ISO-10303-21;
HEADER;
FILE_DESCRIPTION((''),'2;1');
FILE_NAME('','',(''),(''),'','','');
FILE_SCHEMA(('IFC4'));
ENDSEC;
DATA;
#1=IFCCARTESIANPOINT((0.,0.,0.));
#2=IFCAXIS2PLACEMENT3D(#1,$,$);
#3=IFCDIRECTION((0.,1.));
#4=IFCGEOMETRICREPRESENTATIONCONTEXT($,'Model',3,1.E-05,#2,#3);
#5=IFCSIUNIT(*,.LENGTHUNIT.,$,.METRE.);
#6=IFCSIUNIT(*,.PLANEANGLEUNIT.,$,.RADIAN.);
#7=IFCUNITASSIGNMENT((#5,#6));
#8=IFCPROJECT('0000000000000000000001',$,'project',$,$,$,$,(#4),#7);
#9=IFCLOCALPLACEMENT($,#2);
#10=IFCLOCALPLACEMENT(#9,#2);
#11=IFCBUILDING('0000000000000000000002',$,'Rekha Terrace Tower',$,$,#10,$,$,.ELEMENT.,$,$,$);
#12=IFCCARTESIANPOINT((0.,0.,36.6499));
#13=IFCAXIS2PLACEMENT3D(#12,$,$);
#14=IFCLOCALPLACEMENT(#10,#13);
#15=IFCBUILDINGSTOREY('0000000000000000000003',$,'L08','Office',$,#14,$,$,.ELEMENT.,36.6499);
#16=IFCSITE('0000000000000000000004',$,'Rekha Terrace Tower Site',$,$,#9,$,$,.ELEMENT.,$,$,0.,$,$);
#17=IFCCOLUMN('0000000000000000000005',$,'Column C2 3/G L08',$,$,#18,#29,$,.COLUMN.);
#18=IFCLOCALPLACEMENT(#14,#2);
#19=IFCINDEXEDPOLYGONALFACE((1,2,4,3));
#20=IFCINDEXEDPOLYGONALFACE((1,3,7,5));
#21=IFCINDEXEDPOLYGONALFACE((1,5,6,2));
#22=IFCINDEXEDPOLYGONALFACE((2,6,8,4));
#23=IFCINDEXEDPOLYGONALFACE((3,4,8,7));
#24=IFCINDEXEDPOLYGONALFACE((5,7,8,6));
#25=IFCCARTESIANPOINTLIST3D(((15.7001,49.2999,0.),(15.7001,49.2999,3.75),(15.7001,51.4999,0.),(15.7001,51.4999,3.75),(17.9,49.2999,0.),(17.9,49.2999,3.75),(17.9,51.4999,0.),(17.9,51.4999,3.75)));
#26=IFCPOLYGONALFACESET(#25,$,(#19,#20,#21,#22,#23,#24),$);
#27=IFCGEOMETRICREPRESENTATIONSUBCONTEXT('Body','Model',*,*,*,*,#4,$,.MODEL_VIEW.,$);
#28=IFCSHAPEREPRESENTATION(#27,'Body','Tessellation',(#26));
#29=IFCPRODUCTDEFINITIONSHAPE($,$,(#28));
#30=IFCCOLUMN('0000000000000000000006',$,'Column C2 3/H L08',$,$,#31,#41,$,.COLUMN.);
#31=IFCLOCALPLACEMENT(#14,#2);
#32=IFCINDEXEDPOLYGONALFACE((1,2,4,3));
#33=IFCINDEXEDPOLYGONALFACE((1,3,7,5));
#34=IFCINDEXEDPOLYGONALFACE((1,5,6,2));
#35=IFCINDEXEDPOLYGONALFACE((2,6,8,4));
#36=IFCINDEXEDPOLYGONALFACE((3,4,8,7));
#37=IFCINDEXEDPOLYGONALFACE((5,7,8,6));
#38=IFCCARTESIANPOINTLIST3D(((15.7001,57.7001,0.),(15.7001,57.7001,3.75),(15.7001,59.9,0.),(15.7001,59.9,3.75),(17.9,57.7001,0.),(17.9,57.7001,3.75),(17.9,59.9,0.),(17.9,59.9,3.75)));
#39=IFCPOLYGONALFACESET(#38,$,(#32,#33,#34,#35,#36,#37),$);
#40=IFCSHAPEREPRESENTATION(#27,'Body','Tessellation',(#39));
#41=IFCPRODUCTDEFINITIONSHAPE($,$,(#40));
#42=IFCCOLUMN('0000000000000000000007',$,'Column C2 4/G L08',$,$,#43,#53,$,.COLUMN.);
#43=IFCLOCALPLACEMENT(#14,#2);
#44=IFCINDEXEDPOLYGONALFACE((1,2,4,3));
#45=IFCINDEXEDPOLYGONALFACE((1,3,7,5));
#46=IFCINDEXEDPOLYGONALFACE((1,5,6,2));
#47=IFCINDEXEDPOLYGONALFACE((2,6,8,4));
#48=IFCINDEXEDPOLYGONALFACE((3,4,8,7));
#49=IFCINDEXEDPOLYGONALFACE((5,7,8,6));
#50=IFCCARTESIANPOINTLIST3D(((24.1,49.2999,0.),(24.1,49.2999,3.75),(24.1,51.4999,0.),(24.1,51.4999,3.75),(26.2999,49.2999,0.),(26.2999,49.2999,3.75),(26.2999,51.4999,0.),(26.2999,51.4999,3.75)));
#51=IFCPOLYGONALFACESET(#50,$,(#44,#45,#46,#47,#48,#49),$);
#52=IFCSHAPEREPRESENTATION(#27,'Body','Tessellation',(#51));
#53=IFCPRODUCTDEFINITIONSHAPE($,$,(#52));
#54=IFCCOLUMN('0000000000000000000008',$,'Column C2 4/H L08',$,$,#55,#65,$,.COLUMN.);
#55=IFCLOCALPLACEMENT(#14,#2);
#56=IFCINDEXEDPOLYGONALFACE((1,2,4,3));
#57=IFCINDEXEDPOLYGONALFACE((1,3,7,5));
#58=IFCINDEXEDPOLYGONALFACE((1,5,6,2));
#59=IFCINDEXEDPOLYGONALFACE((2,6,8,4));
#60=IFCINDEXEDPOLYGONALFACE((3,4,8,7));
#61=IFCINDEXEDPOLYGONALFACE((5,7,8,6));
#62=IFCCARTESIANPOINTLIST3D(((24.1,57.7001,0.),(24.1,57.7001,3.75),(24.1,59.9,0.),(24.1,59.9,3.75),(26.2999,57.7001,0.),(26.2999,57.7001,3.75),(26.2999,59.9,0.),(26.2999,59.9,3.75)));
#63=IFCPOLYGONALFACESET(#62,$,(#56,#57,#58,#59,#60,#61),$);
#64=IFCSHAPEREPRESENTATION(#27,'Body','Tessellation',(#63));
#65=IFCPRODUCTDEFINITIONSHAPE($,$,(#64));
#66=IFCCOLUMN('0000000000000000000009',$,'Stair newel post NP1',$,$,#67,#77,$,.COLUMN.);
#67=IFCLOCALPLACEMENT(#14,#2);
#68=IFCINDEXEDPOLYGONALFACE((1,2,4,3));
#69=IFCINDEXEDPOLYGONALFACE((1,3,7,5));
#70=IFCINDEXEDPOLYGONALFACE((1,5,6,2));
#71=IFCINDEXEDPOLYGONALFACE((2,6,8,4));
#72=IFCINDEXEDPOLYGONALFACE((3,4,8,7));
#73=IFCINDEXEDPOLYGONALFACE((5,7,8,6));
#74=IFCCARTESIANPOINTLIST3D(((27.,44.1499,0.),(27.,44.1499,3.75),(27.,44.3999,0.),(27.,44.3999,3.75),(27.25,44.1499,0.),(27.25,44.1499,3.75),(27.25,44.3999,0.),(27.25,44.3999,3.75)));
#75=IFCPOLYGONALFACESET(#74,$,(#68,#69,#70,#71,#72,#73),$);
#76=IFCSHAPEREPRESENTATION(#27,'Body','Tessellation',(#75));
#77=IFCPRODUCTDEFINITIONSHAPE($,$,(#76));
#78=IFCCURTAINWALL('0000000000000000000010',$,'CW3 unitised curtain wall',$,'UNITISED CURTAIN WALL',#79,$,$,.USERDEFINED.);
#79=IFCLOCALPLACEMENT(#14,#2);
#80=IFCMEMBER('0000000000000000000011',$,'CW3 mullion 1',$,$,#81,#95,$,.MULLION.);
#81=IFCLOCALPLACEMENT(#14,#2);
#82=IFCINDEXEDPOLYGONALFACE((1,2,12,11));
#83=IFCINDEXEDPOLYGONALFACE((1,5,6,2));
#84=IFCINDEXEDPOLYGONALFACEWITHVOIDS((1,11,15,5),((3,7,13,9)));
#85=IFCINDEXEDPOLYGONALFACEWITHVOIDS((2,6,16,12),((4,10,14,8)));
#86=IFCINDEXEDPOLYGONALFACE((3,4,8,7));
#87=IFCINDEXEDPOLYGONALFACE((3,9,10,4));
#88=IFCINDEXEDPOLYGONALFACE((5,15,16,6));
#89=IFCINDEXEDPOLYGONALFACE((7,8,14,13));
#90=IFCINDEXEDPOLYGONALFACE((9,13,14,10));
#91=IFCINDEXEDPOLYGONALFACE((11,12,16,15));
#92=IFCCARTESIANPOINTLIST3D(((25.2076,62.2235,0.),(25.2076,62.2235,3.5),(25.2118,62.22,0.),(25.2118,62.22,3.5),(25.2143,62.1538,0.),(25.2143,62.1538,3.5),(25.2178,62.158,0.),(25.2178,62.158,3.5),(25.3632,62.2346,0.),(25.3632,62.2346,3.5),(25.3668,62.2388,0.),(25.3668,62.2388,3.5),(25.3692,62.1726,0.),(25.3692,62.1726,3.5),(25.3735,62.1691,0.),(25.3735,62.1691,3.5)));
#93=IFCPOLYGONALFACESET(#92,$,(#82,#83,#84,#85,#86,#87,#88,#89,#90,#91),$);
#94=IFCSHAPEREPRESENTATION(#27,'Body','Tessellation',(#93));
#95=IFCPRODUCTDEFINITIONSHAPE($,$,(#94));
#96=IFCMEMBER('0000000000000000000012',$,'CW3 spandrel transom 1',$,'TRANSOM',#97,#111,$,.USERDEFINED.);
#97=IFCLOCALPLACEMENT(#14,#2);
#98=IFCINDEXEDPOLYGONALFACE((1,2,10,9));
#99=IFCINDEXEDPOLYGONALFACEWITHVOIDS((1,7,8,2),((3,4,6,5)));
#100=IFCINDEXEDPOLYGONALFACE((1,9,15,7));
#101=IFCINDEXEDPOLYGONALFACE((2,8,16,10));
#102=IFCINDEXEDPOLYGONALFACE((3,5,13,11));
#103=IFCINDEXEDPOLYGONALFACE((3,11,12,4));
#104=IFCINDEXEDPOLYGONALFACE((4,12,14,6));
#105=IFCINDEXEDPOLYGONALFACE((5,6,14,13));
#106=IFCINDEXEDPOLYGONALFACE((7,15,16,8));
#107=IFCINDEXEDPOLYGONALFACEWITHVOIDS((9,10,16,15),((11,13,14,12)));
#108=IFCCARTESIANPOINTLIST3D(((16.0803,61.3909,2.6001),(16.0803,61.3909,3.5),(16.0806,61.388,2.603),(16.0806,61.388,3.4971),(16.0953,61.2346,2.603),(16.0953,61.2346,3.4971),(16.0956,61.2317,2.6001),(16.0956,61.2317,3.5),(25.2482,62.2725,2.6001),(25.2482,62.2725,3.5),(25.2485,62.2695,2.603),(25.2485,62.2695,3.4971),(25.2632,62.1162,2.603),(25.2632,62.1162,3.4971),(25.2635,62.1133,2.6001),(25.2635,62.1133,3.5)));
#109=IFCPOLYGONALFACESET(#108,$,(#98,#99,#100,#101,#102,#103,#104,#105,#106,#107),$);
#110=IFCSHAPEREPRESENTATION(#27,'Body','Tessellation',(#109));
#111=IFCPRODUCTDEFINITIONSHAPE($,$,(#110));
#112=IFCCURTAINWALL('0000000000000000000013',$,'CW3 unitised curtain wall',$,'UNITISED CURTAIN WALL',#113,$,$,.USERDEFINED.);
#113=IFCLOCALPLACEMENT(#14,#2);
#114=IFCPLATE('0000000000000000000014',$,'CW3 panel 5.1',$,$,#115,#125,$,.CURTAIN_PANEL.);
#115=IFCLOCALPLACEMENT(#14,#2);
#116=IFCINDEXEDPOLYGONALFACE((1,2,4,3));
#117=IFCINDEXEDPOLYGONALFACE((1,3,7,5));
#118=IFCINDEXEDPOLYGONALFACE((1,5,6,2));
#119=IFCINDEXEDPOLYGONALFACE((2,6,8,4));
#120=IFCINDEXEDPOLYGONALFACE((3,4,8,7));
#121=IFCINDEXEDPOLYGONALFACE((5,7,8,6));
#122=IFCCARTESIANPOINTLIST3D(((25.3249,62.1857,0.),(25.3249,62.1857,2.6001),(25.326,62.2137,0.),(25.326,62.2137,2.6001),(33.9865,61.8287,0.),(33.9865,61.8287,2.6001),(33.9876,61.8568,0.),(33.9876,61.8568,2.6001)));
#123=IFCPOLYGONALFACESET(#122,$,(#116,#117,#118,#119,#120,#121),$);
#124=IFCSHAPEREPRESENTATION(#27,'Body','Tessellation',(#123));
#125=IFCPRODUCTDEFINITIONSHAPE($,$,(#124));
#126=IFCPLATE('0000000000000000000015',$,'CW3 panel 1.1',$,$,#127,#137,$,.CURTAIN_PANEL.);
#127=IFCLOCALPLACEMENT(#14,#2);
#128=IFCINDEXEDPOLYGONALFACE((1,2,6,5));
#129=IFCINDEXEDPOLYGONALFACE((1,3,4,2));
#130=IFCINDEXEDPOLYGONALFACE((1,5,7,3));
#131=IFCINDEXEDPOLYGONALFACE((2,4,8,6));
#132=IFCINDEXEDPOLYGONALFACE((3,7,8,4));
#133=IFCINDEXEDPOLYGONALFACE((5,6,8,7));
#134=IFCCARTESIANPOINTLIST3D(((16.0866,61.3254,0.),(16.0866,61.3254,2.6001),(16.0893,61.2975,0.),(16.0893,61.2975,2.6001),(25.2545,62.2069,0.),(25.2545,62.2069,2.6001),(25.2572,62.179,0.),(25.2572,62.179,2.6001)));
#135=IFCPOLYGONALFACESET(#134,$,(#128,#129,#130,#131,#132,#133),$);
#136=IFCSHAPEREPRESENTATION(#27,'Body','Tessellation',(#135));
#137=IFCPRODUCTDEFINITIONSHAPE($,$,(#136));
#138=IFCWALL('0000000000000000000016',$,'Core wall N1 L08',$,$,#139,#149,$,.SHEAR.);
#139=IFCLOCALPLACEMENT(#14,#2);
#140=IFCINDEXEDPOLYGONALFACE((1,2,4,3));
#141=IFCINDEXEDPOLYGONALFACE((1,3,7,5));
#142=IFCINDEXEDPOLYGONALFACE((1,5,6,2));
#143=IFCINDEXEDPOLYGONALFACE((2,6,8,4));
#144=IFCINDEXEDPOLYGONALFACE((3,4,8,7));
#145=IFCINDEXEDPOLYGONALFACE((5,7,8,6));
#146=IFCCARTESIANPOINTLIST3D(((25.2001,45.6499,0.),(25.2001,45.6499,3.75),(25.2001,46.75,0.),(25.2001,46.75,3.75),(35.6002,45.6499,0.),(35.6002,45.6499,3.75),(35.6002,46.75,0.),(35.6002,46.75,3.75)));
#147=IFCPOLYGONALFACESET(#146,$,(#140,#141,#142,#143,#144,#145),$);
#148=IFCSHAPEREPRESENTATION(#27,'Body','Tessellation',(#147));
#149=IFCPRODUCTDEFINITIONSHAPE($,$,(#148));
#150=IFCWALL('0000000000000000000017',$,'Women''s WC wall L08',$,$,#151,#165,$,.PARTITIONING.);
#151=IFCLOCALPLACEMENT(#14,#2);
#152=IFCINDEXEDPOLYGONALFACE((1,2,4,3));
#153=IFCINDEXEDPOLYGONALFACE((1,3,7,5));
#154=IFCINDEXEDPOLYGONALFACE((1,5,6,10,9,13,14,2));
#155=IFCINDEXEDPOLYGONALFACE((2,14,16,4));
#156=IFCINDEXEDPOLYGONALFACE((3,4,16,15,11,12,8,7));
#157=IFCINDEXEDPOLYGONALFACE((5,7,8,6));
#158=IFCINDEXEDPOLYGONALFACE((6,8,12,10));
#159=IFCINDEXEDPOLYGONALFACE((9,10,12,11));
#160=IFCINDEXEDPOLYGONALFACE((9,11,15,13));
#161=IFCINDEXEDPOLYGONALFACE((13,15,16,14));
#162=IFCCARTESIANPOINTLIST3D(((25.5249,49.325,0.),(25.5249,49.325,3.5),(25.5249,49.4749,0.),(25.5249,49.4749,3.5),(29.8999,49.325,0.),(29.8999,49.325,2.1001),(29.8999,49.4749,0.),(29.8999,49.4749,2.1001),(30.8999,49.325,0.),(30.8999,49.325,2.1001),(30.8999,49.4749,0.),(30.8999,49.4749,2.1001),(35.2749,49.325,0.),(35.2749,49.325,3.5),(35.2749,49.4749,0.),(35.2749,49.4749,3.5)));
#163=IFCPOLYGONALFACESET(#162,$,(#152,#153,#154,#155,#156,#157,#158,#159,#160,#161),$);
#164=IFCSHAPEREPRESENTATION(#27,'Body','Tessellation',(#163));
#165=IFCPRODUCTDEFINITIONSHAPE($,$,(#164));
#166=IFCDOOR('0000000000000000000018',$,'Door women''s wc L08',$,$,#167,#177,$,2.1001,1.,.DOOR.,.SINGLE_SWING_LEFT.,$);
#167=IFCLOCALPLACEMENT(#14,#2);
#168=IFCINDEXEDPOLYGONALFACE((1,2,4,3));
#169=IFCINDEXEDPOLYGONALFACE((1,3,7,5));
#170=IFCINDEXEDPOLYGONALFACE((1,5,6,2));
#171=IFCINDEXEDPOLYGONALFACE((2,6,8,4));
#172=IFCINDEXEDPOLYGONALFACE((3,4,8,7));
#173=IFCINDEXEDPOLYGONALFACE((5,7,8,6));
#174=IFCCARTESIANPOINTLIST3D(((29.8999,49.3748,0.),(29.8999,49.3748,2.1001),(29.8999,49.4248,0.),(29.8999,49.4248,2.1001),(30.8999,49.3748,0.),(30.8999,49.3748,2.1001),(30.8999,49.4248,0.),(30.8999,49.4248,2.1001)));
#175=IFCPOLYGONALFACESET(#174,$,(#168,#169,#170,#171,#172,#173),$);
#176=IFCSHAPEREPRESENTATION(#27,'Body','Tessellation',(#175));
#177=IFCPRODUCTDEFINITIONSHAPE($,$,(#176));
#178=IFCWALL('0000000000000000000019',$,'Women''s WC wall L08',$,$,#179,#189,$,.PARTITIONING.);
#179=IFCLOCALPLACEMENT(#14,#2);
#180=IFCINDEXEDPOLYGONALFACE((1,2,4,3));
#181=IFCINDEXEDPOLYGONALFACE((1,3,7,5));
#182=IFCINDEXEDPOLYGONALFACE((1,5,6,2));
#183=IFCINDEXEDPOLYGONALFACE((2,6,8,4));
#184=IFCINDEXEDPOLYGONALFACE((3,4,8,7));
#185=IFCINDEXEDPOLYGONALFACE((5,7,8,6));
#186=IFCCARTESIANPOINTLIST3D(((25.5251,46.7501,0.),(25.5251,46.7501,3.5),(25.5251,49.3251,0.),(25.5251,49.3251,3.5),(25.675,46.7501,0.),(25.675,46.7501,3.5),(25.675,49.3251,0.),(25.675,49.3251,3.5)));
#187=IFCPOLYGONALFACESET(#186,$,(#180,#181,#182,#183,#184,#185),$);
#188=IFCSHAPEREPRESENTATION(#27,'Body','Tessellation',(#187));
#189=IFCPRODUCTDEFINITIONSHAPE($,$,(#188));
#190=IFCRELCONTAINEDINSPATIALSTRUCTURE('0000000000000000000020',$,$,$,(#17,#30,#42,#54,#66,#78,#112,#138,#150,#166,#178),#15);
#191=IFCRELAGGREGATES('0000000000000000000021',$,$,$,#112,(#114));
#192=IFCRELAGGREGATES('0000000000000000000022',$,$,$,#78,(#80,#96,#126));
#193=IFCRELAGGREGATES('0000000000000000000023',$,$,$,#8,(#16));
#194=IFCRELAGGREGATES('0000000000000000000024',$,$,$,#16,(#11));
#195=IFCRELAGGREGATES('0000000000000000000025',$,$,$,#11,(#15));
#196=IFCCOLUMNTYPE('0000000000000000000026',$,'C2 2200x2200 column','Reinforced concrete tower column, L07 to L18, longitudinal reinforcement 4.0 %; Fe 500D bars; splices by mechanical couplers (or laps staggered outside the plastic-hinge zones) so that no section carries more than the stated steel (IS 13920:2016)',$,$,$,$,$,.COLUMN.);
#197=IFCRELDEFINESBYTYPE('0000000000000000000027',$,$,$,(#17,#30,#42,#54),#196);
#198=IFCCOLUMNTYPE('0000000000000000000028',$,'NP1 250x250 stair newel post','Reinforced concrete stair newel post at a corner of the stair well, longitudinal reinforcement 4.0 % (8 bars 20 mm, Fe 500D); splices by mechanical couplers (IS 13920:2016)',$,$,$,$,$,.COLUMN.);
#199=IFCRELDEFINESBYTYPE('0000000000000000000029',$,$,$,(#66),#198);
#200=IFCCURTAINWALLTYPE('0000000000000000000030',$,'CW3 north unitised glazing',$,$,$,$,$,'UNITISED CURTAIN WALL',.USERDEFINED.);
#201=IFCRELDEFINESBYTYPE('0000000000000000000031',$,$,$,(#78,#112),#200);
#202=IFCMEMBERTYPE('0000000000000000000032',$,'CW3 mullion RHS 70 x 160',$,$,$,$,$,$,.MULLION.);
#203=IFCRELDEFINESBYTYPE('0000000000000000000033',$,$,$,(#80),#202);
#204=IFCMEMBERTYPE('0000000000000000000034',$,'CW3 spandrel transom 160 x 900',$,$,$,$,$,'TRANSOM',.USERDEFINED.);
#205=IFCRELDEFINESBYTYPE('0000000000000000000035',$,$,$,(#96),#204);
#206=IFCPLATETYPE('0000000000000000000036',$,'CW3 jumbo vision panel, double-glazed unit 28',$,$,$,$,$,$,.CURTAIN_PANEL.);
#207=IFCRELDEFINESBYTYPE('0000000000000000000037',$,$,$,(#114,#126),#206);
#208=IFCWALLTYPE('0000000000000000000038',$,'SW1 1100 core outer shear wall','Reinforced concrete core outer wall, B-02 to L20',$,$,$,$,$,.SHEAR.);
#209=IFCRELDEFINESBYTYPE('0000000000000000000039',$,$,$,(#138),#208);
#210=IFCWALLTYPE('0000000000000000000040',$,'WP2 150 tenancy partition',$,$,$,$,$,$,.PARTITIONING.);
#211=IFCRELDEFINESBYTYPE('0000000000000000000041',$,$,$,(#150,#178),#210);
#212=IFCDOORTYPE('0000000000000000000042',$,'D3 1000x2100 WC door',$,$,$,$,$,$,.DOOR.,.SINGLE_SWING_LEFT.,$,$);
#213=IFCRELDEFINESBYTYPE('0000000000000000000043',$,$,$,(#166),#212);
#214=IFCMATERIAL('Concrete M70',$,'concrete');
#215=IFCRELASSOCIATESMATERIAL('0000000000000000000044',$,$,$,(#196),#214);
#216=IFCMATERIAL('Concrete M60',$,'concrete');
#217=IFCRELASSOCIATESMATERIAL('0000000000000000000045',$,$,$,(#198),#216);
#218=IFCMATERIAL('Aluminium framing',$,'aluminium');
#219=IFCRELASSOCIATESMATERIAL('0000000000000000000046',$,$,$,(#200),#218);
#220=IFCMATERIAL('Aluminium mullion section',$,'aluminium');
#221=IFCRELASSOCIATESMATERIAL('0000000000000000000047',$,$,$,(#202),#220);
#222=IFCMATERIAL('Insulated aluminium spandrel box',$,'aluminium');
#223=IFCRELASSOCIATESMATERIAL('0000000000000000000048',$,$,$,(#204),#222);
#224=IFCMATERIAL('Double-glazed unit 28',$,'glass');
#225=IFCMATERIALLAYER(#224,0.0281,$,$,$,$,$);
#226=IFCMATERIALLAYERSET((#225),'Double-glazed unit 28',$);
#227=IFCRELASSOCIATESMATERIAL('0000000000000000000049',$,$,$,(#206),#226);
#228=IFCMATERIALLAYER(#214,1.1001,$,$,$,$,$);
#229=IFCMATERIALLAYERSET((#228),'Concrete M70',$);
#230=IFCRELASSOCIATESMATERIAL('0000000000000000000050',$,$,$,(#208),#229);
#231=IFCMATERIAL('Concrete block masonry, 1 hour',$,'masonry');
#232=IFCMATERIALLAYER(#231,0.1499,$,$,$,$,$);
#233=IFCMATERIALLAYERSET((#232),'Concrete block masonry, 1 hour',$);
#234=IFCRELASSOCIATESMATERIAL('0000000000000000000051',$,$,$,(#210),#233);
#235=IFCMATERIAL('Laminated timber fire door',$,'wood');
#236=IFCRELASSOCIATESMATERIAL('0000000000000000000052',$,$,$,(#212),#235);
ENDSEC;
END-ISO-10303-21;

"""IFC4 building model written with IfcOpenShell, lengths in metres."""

from ifc_helpers import new_model, si_unit, direction, frame, frame_2d, origin, origin_2d, place, context, subcontext, project, spatial, rectangle, hollow_rectangle, extrude, material, layer, layer_set, material_profile, profile_set, type_object, element, fill, aggregate, save


model = new_model("IFC4")

# Units and contexts
model_context = context("Model", 3, precision=1e-05, world=origin(), true_north=direction((0.0, 1.0)))
body_context = subcontext(model_context, "Body", "Model", "MODEL_VIEW")
ifc_project = project(units=[si_unit("LENGTHUNIT", "METRE"), si_unit("PLANEANGLEUNIT", "RADIAN")], contexts=[model_context])

# Site, building, storey
site_placement = place(None, origin())
site = spatial("IfcSite", under=ifc_project, at=site_placement, Name="Rekha Terrace Tower Site", CompositionType="ELEMENT", RefElevation=0.0)
building_placement = place(site_placement, origin())
building = spatial("IfcBuilding", under=site, at=building_placement, Name="Rekha Terrace Tower", CompositionType="ELEMENT")
storey_placement = place(building_placement, frame((0.0, 0.0, 36.6499)))
storey = spatial("IfcBuildingStorey", under=building, at=storey_placement, Name="L08", Description="Office", CompositionType="ELEMENT", Elevation=36.6499)

# Columns
ifc_material_1 = material(Name="Concrete M70", Category="concrete")
ifc_material_profile_1 = material_profile(ifc_material_1, rectangle(XDim=2.2, YDim=2.2, at=origin_2d()), Name="RC 2200x2200")
ifc_profile_set_1 = profile_set([ifc_material_profile_1], Name="Concrete M70")
column_type_1 = type_object("IfcColumnType", Name="C2 2200x2200 column", Description="Reinforced concrete tower column, L07 to L18, longitudinal reinforcement 4.0 %; Fe 500D bars; splices by mechanical couplers (or laps staggered outside the plastic-hinge zones) so that no section carries more than the stated steel (IS 13920:2016)", PredefinedType="COLUMN", material=ifc_profile_set_1)
for number, where, z_axis, x_axis, name in (
    (1, (16.8, 50.3999, 0.0), (0.0, 0.0, 1.0), (1.0, 0.0, 0.0), "Column C2 3/G L08"),
    (2, (16.8, 58.8, 0.0), (0.0, 0.0, 1.0), (1.0, 0.0, 0.0), "Column C2 3/H L08"),
    (3, (25.2, 50.3999, 0.0), (0.0, 0.0, 1.0), (1.0, 0.0, 0.0), "Column C2 4/G L08"),
    (4, (25.2, 58.8, 0.0), (0.0, 0.0, 1.0), (1.0, 0.0, 0.0), "Column C2 4/H L08"),
):
    element("IfcColumn", number, at=place(storey_placement, frame(where, z_axis=z_axis, x_axis=x_axis)), inside=storey, type_object=column_type_1, Name=name, PredefinedType="COLUMN", context=body_context, shape_type="SweptSolid", body=[
        extrude(rectangle(XDim=2.2, YDim=2.2, at=origin_2d()), origin(), (0.0, 0.0, 1.0), 3.75),
    ])
ifc_material_2 = material(Name="Concrete M60", Category="concrete")
ifc_material_profile_2 = material_profile(ifc_material_2, rectangle(XDim=0.25, YDim=0.25, at=origin_2d()), Name="RC 250x250")
ifc_profile_set_2 = profile_set([ifc_material_profile_2], Name="Concrete M60")
column_type_2 = type_object("IfcColumnType", Name="NP1 250x250 stair newel post", Description="Reinforced concrete stair newel post at a corner of the stair well, longitudinal reinforcement 4.0 % (8 bars 20 mm, Fe 500D); splices by mechanical couplers (IS 13920:2016)", PredefinedType="COLUMN", material=ifc_profile_set_2)
column_placement = place(storey_placement, frame((27.125, 44.2749, 0.0), z_axis=(0.0, 0.0, 1.0), x_axis=(1.0, 0.0, 0.0)))
element("IfcColumn", 5, at=column_placement, inside=storey, type_object=column_type_2, Name="Stair newel post NP1", PredefinedType="COLUMN", context=body_context, shape_type="SweptSolid", body=[
    extrude(rectangle(XDim=0.25, YDim=0.25, at=origin_2d()), origin(), (0.0, 0.0, 1.0), 3.75),
])

# Curtain wall, members
ifc_material_3 = material(Name="Aluminium framing", Category="aluminium")
curtain_wall_type = type_object("IfcCurtainWallType", Name="CW3 north unitised glazing", ElementType="UNITISED CURTAIN WALL", PredefinedType="USERDEFINED", material=ifc_material_3)
curtain_wall_1_placement = place(storey_placement, origin())
curtain_wall_1 = element("IfcCurtainWall", 6, at=curtain_wall_1_placement, inside=storey, type_object=curtain_wall_type, Name="CW3 unitised curtain wall", ObjectType="UNITISED CURTAIN WALL", PredefinedType="USERDEFINED")
ifc_material_4 = material(Name="Aluminium mullion section", Category="aluminium")
ifc_material_profile_3 = material_profile(ifc_material_4, hollow_rectangle(XDim=0.0701, YDim=0.1599, WallThickness=0.0039, at=origin_2d()), Name="AL RHS 70x160")
ifc_profile_set_3 = profile_set([ifc_material_profile_3], Name="Aluminium mullion section")
member_type_1 = type_object("IfcMemberType", Name="CW3 mullion RHS 70 x 160", PredefinedType="MULLION", material=ifc_profile_set_3)
member_1_placement = place(storey_placement, frame((25.2905, 62.1963, 0.0), z_axis=(0.0, 0.0, 1.0), x_axis=(0.095712, -0.995409, 0.0)))
member_1 = element("IfcMember", 7, at=member_1_placement, type_object=member_type_1, Name="CW3 mullion 1", PredefinedType="MULLION", context=body_context, shape_type="SweptSolid", body=[
    extrude(hollow_rectangle(XDim=0.0701, YDim=0.1599, WallThickness=0.0039, at=origin_2d()), origin(), (0.0, 0.0, 1.0), 3.5),
])
ifc_material_5 = material(Name="Insulated aluminium spandrel box", Category="aluminium")
ifc_material_profile_4 = material_profile(ifc_material_5, hollow_rectangle(XDim=0.1599, YDim=0.8999, WallThickness=0.0029, at=origin_2d()), Name="AL SPANDREL BOX 160x900")
ifc_profile_set_4 = profile_set([ifc_material_profile_4], Name="Insulated aluminium spandrel box")
member_type_2 = type_object("IfcMemberType", Name="CW3 spandrel transom 160 x 900", ElementType="TRANSOM", PredefinedType="USERDEFINED", material=ifc_profile_set_4)
member_2_placement = place(storey_placement, frame((25.2559, 62.1929, 3.05), z_axis=(-0.995408, -0.095718, 0.0), x_axis=(0.095718, -0.995408, 0.0)))
member_2 = element("IfcMember", 8, at=member_2_placement, type_object=member_type_2, Name="CW3 spandrel transom 1", ObjectType="TRANSOM", PredefinedType="USERDEFINED", context=body_context, shape_type="SweptSolid", body=[
    extrude(hollow_rectangle(XDim=0.1599, YDim=0.8999, WallThickness=0.0029, at=origin_2d()), origin(), (0.0, 0.0, 1.0), 9.2102),
])

# Curtain wall, plate
curtain_wall_2_placement = place(storey_placement, origin())
curtain_wall_2 = element("IfcCurtainWall", 9, at=curtain_wall_2_placement, inside=storey, type_object=curtain_wall_type, Name="CW3 unitised curtain wall", ObjectType="UNITISED CURTAIN WALL", PredefinedType="USERDEFINED")
ifc_material_6 = material(Name="Double-glazed unit 28", Category="glass")
ifc_layer_1 = layer(ifc_material_6, 0.0281)
ifc_layer_set_1 = layer_set([ifc_layer_1], Name="Double-glazed unit 28")
plate_type = type_object("IfcPlateType", Name="CW3 jumbo vision panel, double-glazed unit 28", PredefinedType="CURTAIN_PANEL", material=ifc_layer_set_1)
plate_1_placement = place(storey_placement, frame((29.6562, 62.0212, 0.0), z_axis=(0.0, 0.0, 1.0), x_axis=(-0.999152, 0.041174, 0.0)))
plate_1 = element("IfcPlate", 10, at=plate_1_placement, type_object=plate_type, Name="CW3 panel 5.1", PredefinedType="CURTAIN_PANEL", context=body_context, shape_type="SweptSolid", body=[
    extrude(rectangle(XDim=8.6689, YDim=0.0281, at=origin_2d()), origin(), (0.0, 0.0, 1.0), 2.6001),
])
aggregate(curtain_wall_2, [plate_1])

# Plate
plate_2_placement = place(storey_placement, frame((20.6719, 61.7522, 0.0), z_axis=(0.0, 0.0, 1.0), x_axis=(-0.995409, -0.095712, 0.0)))
plate_2 = element("IfcPlate", 11, at=plate_2_placement, type_object=plate_type, Name="CW3 panel 1.1", PredefinedType="CURTAIN_PANEL", context=body_context, shape_type="SweptSolid", body=[
    extrude(rectangle(XDim=9.2102, YDim=0.0281, at=origin_2d()), origin(), (0.0, 0.0, 1.0), 2.6001),
])
aggregate(curtain_wall_1, [member_1, member_2, plate_2])

# Wall
ifc_layer_2 = layer(ifc_material_1, 1.1001)
ifc_layer_set_2 = layer_set([ifc_layer_2], Name="Concrete M70")
wall_type_1 = type_object("IfcWallType", Name="SW1 1100 core outer shear wall", Description="Reinforced concrete core outer wall, B-02 to L20", PredefinedType="SHEAR", material=ifc_layer_set_2)
wall_1_placement = place(storey_placement, frame((25.2, 46.2, 0.0), z_axis=(0.0, 0.0, 1.0), x_axis=(1.0, 0.0, 0.0)))
element("IfcWall", 12, at=wall_1_placement, inside=storey, type_object=wall_type_1, Name="Core wall N1 L08", PredefinedType="SHEAR", context=body_context, shape_type="SweptSolid", body=[
    extrude(rectangle(XDim=10.4001, YDim=1.1001, at=frame_2d((5.2002, 0.0))), origin(), (0.0, 0.0, 1.0), 3.75),
])

# Wall, opening, door
ifc_material_7 = material(Name="Concrete block masonry, 1 hour", Category="masonry")
ifc_layer_3 = layer(ifc_material_7, 0.1499)
ifc_layer_set_3 = layer_set([ifc_layer_3], Name="Concrete block masonry, 1 hour")
wall_type_2 = type_object("IfcWallType", Name="WP2 150 tenancy partition", PredefinedType="PARTITIONING", material=ifc_layer_set_3)
wall_2_placement = place(storey_placement, frame((25.5249, 49.3999, 0.0), z_axis=(0.0, 0.0, 1.0), x_axis=(1.0, 0.0, 0.0)))
wall_2 = element("IfcWall", 13, at=wall_2_placement, inside=storey, type_object=wall_type_2, Name="Women's WC wall L08", PredefinedType="PARTITIONING", context=body_context, shape_type="SweptSolid", body=[
    extrude(rectangle(XDim=9.75, YDim=0.1499, at=frame_2d((4.875, 0.0))), origin(), (0.0, 0.0, 1.0), 3.5),
])
opening_1_placement = place(wall_2_placement, frame((4.375, 0.0, 0.0)))
opening_1 = element("IfcOpeningElement", 14, at=opening_1_placement, cuts=wall_2, PredefinedType="OPENING", context=body_context, shape_type="SweptSolid", body=[
    extrude(rectangle(XDim=1.0, YDim=2.1001, at=frame_2d((0.5, 1.05))), frame((0.0, 0.085, 0.0), z_axis=(0.0, -1.0, 0.0), x_axis=(1.0, 0.0, 0.0)), (0.0, 0.0, 1.0), 0.1699),
])
ifc_material_8 = material(Name="Laminated timber fire door", Category="wood")
door_type_1 = type_object("IfcDoorType", Name="D3 1000x2100 WC door", OperationType="SINGLE_SWING_LEFT", PredefinedType="DOOR", material=ifc_material_8)
door_1_placement = place(opening_1_placement, origin())
door_1 = element("IfcDoor", 15, at=door_1_placement, inside=storey, type_object=door_type_1, Name="Door women's wc L08", OperationType="SINGLE_SWING_LEFT", OverallHeight=2.1001, OverallWidth=1.0, PredefinedType="DOOR", context=body_context, shape_type="SweptSolid", body=[
    extrude(rectangle(XDim=1.0, YDim=2.1001, at=frame_2d((0.5, 1.05))), frame((0.0, 0.0249, 0.0), z_axis=(0.0, -1.0, 0.0), x_axis=(1.0, 0.0, 0.0)), (0.0, 0.0, 1.0), 0.05),
])
fill(opening_1, door_1)

# Wall
wall_3_placement = place(storey_placement, frame((25.6001, 46.75, 0.0), z_axis=(0.0, 0.0, 1.0), x_axis=(0.0, 1.0, 0.0)))
element("IfcWall", 16, at=wall_3_placement, inside=storey, type_object=wall_type_2, Name="Women's WC wall L08", PredefinedType="PARTITIONING", context=body_context, shape_type="SweptSolid", body=[
    extrude(rectangle(XDim=2.575, YDim=0.1499, at=frame_2d((1.2876, 0.0))), origin(), (0.0, 0.0, 1.0), 3.5),
])

save(model, "model.ifc")
